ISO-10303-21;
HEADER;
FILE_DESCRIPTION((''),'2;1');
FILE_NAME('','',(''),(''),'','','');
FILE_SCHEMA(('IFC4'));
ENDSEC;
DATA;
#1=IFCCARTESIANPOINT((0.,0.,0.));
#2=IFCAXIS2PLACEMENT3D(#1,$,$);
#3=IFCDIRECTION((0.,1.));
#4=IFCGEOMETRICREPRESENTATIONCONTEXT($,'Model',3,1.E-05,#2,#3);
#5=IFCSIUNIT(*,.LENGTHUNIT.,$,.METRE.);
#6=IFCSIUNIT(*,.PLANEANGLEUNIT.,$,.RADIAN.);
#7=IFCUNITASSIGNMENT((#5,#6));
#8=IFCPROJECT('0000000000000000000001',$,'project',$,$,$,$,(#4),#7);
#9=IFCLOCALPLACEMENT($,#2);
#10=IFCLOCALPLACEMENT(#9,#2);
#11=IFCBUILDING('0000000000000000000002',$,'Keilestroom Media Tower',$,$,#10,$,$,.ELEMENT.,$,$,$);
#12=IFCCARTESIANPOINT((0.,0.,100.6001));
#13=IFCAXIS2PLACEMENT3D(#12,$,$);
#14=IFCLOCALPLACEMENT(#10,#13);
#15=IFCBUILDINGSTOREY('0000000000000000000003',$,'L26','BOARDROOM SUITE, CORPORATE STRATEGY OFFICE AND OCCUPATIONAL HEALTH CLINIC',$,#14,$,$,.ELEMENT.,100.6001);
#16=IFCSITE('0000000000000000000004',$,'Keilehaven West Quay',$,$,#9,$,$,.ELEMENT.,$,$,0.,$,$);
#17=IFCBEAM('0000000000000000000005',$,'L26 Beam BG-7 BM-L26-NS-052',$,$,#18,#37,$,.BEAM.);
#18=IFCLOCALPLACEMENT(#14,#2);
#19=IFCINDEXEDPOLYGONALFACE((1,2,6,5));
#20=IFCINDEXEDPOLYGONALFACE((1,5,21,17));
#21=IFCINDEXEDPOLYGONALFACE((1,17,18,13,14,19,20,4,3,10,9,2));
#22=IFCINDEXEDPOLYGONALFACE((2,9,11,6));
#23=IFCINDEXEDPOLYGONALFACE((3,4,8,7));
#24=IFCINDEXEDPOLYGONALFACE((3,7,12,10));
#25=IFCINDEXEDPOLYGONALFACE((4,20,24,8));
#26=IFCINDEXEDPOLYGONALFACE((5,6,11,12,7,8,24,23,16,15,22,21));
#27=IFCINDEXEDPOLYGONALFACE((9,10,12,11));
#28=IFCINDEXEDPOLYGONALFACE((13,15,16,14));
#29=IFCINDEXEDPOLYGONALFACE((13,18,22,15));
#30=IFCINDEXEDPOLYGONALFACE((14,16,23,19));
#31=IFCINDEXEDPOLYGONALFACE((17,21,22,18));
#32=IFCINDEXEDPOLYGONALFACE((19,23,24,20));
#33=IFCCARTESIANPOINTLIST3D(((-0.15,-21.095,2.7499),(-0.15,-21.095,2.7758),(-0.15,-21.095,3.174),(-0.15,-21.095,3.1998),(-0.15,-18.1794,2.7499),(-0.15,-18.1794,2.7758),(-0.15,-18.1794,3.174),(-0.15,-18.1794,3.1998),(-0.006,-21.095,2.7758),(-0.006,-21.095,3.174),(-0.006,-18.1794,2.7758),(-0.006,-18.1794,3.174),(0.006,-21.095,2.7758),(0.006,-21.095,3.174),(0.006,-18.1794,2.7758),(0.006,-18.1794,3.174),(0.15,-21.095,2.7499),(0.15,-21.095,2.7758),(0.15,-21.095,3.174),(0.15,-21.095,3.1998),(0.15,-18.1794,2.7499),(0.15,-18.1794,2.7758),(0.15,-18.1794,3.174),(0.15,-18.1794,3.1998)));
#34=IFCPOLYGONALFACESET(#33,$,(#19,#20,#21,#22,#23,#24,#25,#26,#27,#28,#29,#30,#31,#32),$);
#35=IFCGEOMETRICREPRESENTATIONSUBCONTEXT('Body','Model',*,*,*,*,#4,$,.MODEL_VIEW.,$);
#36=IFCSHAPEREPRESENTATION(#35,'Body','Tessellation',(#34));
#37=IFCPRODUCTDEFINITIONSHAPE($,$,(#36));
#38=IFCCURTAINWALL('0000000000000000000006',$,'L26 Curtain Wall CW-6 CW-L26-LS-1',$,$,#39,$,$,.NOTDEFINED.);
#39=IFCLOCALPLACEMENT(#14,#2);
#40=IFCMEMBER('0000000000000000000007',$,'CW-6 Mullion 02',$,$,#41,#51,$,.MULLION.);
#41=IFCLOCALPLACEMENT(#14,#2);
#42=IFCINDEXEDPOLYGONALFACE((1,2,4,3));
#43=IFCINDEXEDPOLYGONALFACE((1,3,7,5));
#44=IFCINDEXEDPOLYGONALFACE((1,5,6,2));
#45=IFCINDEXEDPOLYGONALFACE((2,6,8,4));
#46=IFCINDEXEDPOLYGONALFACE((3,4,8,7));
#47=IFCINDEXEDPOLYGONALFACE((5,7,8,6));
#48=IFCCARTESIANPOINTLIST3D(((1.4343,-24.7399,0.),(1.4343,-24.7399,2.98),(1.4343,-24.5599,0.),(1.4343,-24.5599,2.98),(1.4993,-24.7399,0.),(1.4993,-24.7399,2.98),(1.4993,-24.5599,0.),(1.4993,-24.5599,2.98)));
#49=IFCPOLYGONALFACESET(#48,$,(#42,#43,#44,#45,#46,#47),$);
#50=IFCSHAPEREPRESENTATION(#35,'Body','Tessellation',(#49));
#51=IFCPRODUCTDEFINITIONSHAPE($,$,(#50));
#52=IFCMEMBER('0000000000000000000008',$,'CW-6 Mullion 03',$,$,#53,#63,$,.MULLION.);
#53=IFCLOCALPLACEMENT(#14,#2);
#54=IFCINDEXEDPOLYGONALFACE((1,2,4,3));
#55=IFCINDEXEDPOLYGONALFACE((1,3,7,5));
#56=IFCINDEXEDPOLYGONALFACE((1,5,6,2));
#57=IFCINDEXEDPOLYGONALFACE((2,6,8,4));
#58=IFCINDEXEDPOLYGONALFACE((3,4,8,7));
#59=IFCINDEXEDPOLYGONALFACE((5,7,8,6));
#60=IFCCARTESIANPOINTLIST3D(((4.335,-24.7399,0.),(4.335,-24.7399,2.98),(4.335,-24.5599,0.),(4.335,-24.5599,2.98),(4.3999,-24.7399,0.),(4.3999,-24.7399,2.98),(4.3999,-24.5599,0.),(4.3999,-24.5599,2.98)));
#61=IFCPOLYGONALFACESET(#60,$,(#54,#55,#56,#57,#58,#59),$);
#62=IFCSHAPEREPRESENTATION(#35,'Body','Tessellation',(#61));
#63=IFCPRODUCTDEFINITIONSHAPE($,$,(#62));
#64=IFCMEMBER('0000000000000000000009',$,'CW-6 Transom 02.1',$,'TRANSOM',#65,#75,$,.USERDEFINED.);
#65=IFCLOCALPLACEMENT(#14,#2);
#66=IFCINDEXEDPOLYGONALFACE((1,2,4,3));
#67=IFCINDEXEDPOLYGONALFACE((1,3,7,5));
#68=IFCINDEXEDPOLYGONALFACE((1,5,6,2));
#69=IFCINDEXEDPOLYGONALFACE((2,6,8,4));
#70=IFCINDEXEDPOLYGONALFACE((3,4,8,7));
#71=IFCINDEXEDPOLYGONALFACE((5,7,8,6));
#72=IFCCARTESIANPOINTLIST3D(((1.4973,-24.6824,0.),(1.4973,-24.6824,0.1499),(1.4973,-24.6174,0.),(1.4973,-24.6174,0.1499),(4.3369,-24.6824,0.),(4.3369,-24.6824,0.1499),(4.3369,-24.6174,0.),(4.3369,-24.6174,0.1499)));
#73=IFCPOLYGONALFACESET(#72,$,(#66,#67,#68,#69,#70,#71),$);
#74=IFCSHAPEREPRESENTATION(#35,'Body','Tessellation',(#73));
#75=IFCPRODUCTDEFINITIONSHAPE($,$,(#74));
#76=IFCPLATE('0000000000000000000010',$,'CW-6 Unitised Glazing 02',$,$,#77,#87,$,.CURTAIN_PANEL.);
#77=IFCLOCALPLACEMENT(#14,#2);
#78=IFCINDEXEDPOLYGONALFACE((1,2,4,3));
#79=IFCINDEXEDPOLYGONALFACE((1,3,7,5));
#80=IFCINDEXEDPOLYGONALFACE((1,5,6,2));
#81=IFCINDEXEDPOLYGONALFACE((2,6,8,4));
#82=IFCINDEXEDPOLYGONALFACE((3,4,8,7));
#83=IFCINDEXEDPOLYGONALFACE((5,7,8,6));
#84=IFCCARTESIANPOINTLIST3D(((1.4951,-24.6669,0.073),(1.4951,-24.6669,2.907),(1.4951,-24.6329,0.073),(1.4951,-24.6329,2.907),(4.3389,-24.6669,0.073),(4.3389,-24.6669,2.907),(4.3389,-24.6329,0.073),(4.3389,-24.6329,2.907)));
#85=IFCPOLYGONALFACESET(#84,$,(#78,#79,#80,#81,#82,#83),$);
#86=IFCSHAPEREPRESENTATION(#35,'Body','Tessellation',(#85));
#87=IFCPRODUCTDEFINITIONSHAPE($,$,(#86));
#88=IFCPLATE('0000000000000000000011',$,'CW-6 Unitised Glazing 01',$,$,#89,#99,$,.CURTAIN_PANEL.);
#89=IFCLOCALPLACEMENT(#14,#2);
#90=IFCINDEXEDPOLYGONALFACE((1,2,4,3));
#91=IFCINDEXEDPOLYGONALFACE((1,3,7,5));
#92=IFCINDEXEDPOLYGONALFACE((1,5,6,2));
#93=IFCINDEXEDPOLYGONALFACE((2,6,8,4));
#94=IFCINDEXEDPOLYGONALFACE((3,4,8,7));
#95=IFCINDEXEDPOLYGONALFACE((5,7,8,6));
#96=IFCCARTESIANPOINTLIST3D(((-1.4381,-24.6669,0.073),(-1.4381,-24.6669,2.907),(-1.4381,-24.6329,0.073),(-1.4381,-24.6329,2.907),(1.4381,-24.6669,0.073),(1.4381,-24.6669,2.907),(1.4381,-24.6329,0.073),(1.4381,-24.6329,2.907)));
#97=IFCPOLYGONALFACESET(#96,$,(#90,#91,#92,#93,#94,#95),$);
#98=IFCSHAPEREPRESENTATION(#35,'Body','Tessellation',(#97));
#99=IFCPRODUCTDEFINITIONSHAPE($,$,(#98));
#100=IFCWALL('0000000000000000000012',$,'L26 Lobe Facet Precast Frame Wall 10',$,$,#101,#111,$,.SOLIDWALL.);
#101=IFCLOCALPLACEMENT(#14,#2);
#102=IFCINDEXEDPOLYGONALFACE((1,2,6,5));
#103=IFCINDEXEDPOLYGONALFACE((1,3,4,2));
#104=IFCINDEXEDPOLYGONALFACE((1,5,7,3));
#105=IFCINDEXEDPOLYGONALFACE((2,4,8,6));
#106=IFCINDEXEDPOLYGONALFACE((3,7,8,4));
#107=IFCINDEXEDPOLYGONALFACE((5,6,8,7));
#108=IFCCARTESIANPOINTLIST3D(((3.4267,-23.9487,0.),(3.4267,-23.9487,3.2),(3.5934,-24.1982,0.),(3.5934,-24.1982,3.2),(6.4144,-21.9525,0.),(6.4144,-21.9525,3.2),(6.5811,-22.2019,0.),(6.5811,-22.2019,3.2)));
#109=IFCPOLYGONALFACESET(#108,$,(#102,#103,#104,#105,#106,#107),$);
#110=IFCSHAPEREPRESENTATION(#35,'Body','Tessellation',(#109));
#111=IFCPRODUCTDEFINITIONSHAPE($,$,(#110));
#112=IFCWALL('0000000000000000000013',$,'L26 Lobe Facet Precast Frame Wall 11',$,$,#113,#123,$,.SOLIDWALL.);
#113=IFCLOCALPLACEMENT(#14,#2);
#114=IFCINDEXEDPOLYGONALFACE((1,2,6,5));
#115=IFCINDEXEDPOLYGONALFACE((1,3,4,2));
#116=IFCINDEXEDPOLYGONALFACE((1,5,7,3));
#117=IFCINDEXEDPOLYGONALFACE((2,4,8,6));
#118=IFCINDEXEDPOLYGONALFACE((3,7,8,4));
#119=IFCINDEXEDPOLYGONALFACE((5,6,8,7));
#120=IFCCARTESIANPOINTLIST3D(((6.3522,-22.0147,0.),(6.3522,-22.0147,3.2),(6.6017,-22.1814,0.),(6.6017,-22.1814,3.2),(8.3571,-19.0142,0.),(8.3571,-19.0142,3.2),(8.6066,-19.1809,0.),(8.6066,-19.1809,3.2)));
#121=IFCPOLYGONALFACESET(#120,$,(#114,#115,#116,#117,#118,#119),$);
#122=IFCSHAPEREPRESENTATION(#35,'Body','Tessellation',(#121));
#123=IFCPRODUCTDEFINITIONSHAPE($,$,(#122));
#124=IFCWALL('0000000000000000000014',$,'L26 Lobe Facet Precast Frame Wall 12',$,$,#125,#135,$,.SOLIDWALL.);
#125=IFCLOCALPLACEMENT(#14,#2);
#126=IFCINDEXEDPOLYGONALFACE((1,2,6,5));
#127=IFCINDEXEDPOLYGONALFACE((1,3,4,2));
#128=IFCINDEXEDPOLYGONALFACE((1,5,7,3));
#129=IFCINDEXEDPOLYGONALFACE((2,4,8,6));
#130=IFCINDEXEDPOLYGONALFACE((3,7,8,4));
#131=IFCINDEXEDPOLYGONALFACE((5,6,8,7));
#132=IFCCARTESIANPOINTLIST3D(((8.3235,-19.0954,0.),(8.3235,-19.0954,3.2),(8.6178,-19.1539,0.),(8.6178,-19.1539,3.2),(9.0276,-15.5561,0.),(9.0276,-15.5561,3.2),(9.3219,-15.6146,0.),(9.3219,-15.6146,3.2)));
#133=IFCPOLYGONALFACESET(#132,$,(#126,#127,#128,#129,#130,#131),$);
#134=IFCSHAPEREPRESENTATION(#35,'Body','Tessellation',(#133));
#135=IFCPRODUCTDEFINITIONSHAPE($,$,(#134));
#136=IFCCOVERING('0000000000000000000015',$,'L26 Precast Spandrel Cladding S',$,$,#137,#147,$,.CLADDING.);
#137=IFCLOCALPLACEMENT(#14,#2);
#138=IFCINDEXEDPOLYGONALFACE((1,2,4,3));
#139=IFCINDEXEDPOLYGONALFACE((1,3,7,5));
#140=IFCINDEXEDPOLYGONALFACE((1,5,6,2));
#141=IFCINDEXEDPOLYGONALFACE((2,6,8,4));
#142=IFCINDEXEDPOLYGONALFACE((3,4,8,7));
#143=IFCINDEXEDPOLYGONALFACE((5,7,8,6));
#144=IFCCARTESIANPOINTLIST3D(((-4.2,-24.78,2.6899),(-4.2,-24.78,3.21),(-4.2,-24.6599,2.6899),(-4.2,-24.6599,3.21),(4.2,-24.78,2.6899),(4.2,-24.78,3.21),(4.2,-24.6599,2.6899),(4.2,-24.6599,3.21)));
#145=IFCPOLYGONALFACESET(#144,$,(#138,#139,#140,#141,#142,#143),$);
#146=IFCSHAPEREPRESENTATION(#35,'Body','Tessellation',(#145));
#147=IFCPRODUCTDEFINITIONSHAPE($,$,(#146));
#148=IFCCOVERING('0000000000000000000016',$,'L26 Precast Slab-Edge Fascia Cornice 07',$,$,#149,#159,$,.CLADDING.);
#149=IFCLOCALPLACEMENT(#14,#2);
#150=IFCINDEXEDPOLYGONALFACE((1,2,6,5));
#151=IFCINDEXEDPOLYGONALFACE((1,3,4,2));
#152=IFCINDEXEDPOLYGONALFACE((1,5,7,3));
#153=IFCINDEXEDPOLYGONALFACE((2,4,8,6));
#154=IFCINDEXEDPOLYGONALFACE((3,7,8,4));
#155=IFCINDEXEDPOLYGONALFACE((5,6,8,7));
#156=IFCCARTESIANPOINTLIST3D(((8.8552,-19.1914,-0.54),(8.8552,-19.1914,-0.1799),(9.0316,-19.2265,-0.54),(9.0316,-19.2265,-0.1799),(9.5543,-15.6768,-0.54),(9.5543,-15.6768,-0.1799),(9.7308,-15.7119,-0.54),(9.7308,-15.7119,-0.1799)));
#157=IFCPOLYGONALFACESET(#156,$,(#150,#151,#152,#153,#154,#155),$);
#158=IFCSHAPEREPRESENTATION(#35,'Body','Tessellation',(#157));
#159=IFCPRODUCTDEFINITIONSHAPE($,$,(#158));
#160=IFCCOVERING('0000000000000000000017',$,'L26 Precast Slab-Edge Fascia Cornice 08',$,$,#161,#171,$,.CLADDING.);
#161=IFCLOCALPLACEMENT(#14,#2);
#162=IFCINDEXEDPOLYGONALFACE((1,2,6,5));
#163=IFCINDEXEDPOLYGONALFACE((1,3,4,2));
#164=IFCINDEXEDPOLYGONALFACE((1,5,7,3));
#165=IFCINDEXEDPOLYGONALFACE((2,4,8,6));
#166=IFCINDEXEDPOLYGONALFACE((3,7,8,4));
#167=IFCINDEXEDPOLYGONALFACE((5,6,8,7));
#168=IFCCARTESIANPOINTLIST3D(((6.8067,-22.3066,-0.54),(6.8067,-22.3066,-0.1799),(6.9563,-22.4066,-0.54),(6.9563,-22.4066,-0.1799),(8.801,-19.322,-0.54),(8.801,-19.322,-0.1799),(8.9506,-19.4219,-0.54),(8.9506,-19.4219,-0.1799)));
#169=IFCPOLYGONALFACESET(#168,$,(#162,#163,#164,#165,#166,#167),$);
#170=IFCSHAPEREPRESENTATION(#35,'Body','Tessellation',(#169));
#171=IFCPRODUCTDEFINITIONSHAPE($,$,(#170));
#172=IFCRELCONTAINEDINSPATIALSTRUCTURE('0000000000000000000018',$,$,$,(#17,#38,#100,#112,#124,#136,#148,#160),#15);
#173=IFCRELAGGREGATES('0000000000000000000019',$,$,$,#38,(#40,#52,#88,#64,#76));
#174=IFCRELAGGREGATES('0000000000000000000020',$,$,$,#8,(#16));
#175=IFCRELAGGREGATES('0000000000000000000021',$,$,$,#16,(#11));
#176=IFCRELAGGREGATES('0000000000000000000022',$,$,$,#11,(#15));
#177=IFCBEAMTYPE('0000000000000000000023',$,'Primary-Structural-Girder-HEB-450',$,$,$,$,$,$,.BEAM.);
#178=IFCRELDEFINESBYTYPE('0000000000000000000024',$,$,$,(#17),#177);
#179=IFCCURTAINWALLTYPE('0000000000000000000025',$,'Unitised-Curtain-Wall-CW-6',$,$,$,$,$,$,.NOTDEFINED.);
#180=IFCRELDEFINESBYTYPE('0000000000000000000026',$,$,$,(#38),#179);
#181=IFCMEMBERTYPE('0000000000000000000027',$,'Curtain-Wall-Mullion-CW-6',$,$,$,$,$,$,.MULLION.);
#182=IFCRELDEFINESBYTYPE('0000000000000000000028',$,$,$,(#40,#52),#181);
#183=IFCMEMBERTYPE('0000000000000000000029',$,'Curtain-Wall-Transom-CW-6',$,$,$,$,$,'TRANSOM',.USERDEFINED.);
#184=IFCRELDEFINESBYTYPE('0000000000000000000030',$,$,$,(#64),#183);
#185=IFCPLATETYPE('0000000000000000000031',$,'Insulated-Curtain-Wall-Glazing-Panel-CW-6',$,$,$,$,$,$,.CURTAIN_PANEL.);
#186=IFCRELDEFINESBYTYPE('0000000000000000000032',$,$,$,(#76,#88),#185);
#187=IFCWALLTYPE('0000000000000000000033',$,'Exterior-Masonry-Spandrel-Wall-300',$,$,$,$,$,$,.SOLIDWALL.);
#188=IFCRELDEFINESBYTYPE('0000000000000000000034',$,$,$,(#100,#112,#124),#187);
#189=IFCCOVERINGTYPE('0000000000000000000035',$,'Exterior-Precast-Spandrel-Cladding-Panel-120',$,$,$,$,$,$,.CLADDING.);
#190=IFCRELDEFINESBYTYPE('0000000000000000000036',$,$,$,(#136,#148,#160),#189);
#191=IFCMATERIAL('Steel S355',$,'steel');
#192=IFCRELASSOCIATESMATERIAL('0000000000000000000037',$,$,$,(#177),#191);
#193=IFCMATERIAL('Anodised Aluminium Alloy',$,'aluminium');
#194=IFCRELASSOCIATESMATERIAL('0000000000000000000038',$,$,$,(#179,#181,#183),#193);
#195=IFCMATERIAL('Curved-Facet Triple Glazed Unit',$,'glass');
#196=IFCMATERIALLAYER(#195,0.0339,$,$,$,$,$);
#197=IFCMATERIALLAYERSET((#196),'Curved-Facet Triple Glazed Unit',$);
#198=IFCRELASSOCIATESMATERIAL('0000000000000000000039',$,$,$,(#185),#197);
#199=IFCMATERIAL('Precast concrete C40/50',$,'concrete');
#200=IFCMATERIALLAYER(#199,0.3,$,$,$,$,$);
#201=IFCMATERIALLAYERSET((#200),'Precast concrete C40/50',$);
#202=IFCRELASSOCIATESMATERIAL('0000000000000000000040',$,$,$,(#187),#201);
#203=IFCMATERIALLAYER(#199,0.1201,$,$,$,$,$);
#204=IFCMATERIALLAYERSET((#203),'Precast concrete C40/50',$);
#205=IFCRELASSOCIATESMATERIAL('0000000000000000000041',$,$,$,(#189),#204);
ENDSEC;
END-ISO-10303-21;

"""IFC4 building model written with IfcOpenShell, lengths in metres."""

from ifc_helpers import new_model, si_unit, direction, frame, frame_2d, origin, origin_2d, place, context, subcontext, project, spatial, rectangle, i_section, extrude, source, transform, mapped, material, layer, layer_set, material_profile, profile_set, type_object, element, aggregate, save


model = new_model("IFC4")

# Units and contexts
model_context = context("Model", 3, precision=1e-05, world=origin(), true_north=direction((0.0, 1.0)))
body_context = subcontext(model_context, "Body", "Model", "MODEL_VIEW")
ifc_project = project(units=[si_unit("LENGTHUNIT", "METRE"), si_unit("PLANEANGLEUNIT", "RADIAN")], contexts=[model_context])

# Site, building, storey
site_placement = place(None, origin())
site = spatial("IfcSite", under=ifc_project, at=site_placement, Name="Keilehaven West Quay", CompositionType="ELEMENT", RefElevation=0.0)
building_placement = place(site_placement, origin())
building = spatial("IfcBuilding", under=site, at=building_placement, Name="Keilestroom Media Tower", CompositionType="ELEMENT")
storey_placement = place(building_placement, frame((0.0, 0.0, 100.6001)))
storey = spatial("IfcBuildingStorey", under=building, at=storey_placement, Name="L26", Description="BOARDROOM SUITE, CORPORATE STRATEGY OFFICE AND OCCUPATIONAL HEALTH CLINIC", CompositionType="ELEMENT", Elevation=100.6001)

# Shared definitions
ifc_material_1 = material(Name="Steel S355", Category="steel")

# Beam
ifc_material_profile_1 = material_profile(ifc_material_1, i_section(OverallWidth=0.3, OverallDepth=0.45, WebThickness=0.012, FlangeThickness=0.0259, at=origin_2d()), Name="HEB 450")
ifc_profile_set_1 = profile_set([ifc_material_profile_1], Name="Steel S355")
beam_type_1 = type_object("IfcBeamType", Name="Primary-Structural-Girder-HEB-450", PredefinedType="BEAM", material=ifc_profile_set_1)
shared_shape_1 = source(origin(), body_context, "Body", "SweptSolid", [
    extrude(i_section(OverallWidth=0.3, OverallDepth=0.45, WebThickness=0.012, FlangeThickness=0.0259, at=origin_2d()), origin(), (0.0, 0.0, 1.0), 2.9155),
])
beam_1_placement = place(storey_placement, frame((0.0, -21.095, 2.9749), z_axis=(0.0, 1.0, 0.0), x_axis=(-1.0, 0.0, 0.0)))
element("IfcBeam", 1, at=beam_1_placement, inside=storey, type_object=beam_type_1, Name="L26 Beam BG-7 BM-L26-NS-052", PredefinedType="BEAM", context=body_context, shape_type="MappedRepresentation", body=[
    mapped(shared_shape_1, transform((0.0, 0.0, 0.0), x_axis=(1.0, 0.0, 0.0), y_axis=(0.0, 1.0, 0.0), z_axis=(0.0, 0.0, 1.0), scale=1.0)),
])

# Curtain wall, members, plates
ifc_material_2 = material(Name="Anodised Aluminium Alloy", Category="aluminium")
curtain_wall_type = type_object("IfcCurtainWallType", Name="Unitised-Curtain-Wall-CW-6", PredefinedType="NOTDEFINED", material=ifc_material_2)
curtain_wall_placement = place(storey_placement, origin())
curtain_wall = element("IfcCurtainWall", 2, at=curtain_wall_placement, inside=storey, type_object=curtain_wall_type, Name="L26 Curtain Wall CW-6 CW-L26-LS-1", PredefinedType="NOTDEFINED")
ifc_material_profile_2 = material_profile(ifc_material_2, rectangle(XDim=0.0649, YDim=0.1799, at=origin_2d()), Name="ALU MULLION 65x180")
ifc_profile_set_2 = profile_set([ifc_material_profile_2], Name="Anodised Aluminium Alloy")
member_type_1 = type_object("IfcMemberType", Name="Curtain-Wall-Mullion-CW-6", PredefinedType="MULLION", material=ifc_profile_set_2)
shared_shape_2 = source(origin(), body_context, "Body", "SweptSolid", [
    extrude(rectangle(XDim=0.0649, YDim=0.1799, at=origin_2d()), origin(), (0.0, 0.0, 1.0), 2.98),
])
member_1_placement = place(storey_placement, frame((1.4668, -24.6499, 0.0), z_axis=(0.0, 0.0, 1.0), x_axis=(1.0, 0.0, 0.0)))
member_1 = element("IfcMember", 3, at=member_1_placement, type_object=member_type_1, Name="CW-6 Mullion 02", PredefinedType="MULLION", context=body_context, shape_type="MappedRepresentation", body=[
    mapped(shared_shape_2, transform((0.0, 0.0, 0.0), x_axis=(1.0, 0.0, 0.0), y_axis=(0.0, 1.0, 0.0), z_axis=(0.0, 0.0, 1.0), scale=1.0)),
])
member_2_placement = place(storey_placement, frame((4.3674, -24.6499, 0.0), z_axis=(0.0, 0.0, 1.0), x_axis=(1.0, 0.0, 0.0)))
member_2 = element("IfcMember", 4, at=member_2_placement, type_object=member_type_1, Name="CW-6 Mullion 03", PredefinedType="MULLION", context=body_context, shape_type="MappedRepresentation", body=[
    mapped(shared_shape_2, transform((0.0, 0.0, 0.0), x_axis=(1.0, 0.0, 0.0), y_axis=(0.0, 1.0, 0.0), z_axis=(0.0, 0.0, 1.0), scale=1.0)),
])
ifc_material_profile_3 = material_profile(ifc_material_2, rectangle(XDim=0.0649, YDim=0.1499, at=origin_2d()), Name="ALU TRANSOM 65x150")
ifc_profile_set_3 = profile_set([ifc_material_profile_3], Name="Anodised Aluminium Alloy")
member_type_2 = type_object("IfcMemberType", Name="Curtain-Wall-Transom-CW-6", ElementType="TRANSOM", PredefinedType="USERDEFINED", material=ifc_profile_set_3)
shared_shape_3 = source(origin(), body_context, "Body", "SweptSolid", [
    extrude(rectangle(XDim=0.0649, YDim=0.1499, at=origin_2d()), origin(), (0.0, 0.0, 1.0), 2.8396),
])
member_3_placement = place(storey_placement, frame((1.4973, -24.6499, 0.075), z_axis=(1.0, 0.0, 0.0), x_axis=(0.0, 1.0, 0.0)))
member_3 = element("IfcMember", 5, at=member_3_placement, type_object=member_type_2, Name="CW-6 Transom 02.1", ObjectType="TRANSOM", PredefinedType="USERDEFINED", context=body_context, shape_type="MappedRepresentation", body=[
    mapped(shared_shape_3, transform((0.0, 0.0, 0.0), x_axis=(1.0, 0.0, 0.0), y_axis=(0.0, 1.0, 0.0), z_axis=(0.0, 0.0, 1.0), scale=1.0)),
])
ifc_material_3 = material(Name="Curved-Facet Triple Glazed Unit", Category="glass")
ifc_layer_1 = layer(ifc_material_3, 0.0339)
ifc_layer_set_1 = layer_set([ifc_layer_1], Name="Curved-Facet Triple Glazed Unit")
plate_type = type_object("IfcPlateType", Name="Insulated-Curtain-Wall-Glazing-Panel-CW-6", PredefinedType="CURTAIN_PANEL", material=ifc_layer_set_1)
shared_shape_4 = source(origin(), body_context, "Body", "SweptSolid", [
    extrude(rectangle(XDim=2.8438, YDim=0.0339, at=origin_2d()), origin(), (0.0, 0.0, 1.0), 2.834),
])
plate_1_placement = place(storey_placement, frame((2.917, -24.6499, 0.073), z_axis=(0.0, 0.0, 1.0), x_axis=(1.0, 0.0, 0.0)))
plate_1 = element("IfcPlate", 6, at=plate_1_placement, type_object=plate_type, Name="CW-6 Unitised Glazing 02", PredefinedType="CURTAIN_PANEL", context=body_context, shape_type="MappedRepresentation", body=[
    mapped(shared_shape_4, transform((0.0, 0.0, 0.0), x_axis=(1.0, 0.0, 0.0), y_axis=(0.0, 1.0, 0.0), z_axis=(0.0, 0.0, 1.0), scale=1.0)),
])
shared_shape_5 = source(origin(), body_context, "Body", "SweptSolid", [
    extrude(rectangle(XDim=2.8762, YDim=0.0339, at=origin_2d()), origin(), (0.0, 0.0, 1.0), 2.834),
])
plate_2_placement = place(storey_placement, frame((0.0, -24.6499, 0.073), z_axis=(0.0, 0.0, 1.0), x_axis=(1.0, 0.0, 0.0)))
plate_2 = element("IfcPlate", 7, at=plate_2_placement, type_object=plate_type, Name="CW-6 Unitised Glazing 01", PredefinedType="CURTAIN_PANEL", context=body_context, shape_type="MappedRepresentation", body=[
    mapped(shared_shape_5, transform((0.0, 0.0, 0.0), x_axis=(1.0, 0.0, 0.0), y_axis=(0.0, 1.0, 0.0), z_axis=(0.0, 0.0, 1.0), scale=1.0)),
])
aggregate(curtain_wall, [member_1, member_2, plate_2, member_3, plate_1])

# Walls
ifc_material_4 = material(Name="Precast concrete C40/50", Category="concrete")
ifc_layer_2 = layer(ifc_material_4, 0.3)
ifc_layer_set_2 = layer_set([ifc_layer_2], Name="Precast concrete C40/50")
wall_type = type_object("IfcWallType", Name="Exterior-Masonry-Spandrel-Wall-300", PredefinedType="SOLIDWALL", material=ifc_layer_set_2)
wall_placement = place(storey_placement, frame((3.51, -24.0735, 0.0), z_axis=(0.0, 0.0, 1.0), x_axis=(0.831475, 0.555562, 0.0)))
element("IfcWall", 8, at=wall_placement, inside=storey, type_object=wall_type, Name="L26 Lobe Facet Precast Frame Wall 10", PredefinedType="SOLIDWALL", context=body_context, shape_type="SweptSolid", body=[
    extrude(rectangle(XDim=3.5933, YDim=0.3, at=frame_2d((1.7966, 0.0))), origin(), (0.0, 0.0, 1.0), 3.2),
])
for number, where, z_axis, x_axis, name in (
    (9, (6.4771, -22.0979, 0.0), (0.0, 0.0, 1.0), (0.555574, 0.831467, 0.0), "L26 Lobe Facet Precast Frame Wall 11"),
    (10, (8.4707, -19.1245, 0.0), (0.0, 0.0, 1.0), (0.195114, 0.980781, 0.0), "L26 Lobe Facet Precast Frame Wall 12"),
):
    element("IfcWall", number, at=place(storey_placement, frame(where, z_axis=z_axis, x_axis=x_axis)), inside=storey, type_object=wall_type, Name=name, PredefinedType="SOLIDWALL", context=body_context, shape_type="SweptSolid", body=[
        extrude(rectangle(XDim=3.6086, YDim=0.3, at=frame_2d((1.8042, 0.0))), origin(), (0.0, 0.0, 1.0), 3.2),
    ])

# Coverings
ifc_layer_3 = layer(ifc_material_4, 0.1201)
ifc_layer_set_3 = layer_set([ifc_layer_3], Name="Precast concrete C40/50")
covering_type = type_object("IfcCoveringType", Name="Exterior-Precast-Spandrel-Cladding-Panel-120", PredefinedType="CLADDING", material=ifc_layer_set_3)
shared_shape_6 = source(origin(), body_context, "Body", "SweptSolid", [
    extrude(rectangle(XDim=8.3999, YDim=0.1201, at=origin_2d()), origin(), (0.0, 0.0, 1.0), 0.52),
])
covering_1_placement = place(storey_placement, frame((0.0, -24.72, 2.6899), z_axis=(0.0, 0.0, 1.0), x_axis=(1.0, 0.0, 0.0)))
element("IfcCovering", 11, at=covering_1_placement, inside=storey, type_object=covering_type, Name="L26 Precast Spandrel Cladding S", PredefinedType="CLADDING", context=body_context, shape_type="MappedRepresentation", body=[
    mapped(shared_shape_6, transform((0.0, 0.0, 0.0), x_axis=(1.0, 0.0, 0.0), y_axis=(0.0, 1.0, 0.0), z_axis=(0.0, 0.0, 1.0), scale=1.0)),
])
shared_shape_7 = source(origin(), body_context, "Body", "SweptSolid", [
    extrude(rectangle(XDim=3.5835, YDim=0.1799, at=origin_2d()), origin(), (0.0, 0.0, 1.0), 0.3601),
])
covering_2_placement = place(storey_placement, frame((9.293, -17.4517, -0.54), z_axis=(0.0, 0.0, 1.0), x_axis=(-0.195099, -0.980784, 0.0)))
element("IfcCovering", 12, at=covering_2_placement, inside=storey, type_object=covering_type, Name="L26 Precast Slab-Edge Fascia Cornice 07", PredefinedType="CLADDING", context=body_context, shape_type="MappedRepresentation", body=[
    mapped(shared_shape_7, transform((0.0, 0.0, 0.0), x_axis=(1.0, 0.0, 0.0), y_axis=(0.0, 1.0, 0.0), z_axis=(0.0, 0.0, 1.0), scale=1.0)),
])
shared_shape_8 = source(origin(), body_context, "Body", "SweptSolid", [
    extrude(rectangle(XDim=3.5896, YDim=0.1799, at=origin_2d()), origin(), (0.0, 0.0, 1.0), 0.3601),
])
for number, where, z_axis, x_axis, name in (
    (13, (7.8787, -20.8643, -0.54), (0.0, 0.0, 1.0), (-0.555575, -0.831467, 0.0), "L26 Precast Slab-Edge Fascia Cornice 08"),
):
    element("IfcCovering", number, at=place(storey_placement, frame(where, z_axis=z_axis, x_axis=x_axis)), inside=storey, type_object=covering_type, Name=name, PredefinedType="CLADDING", context=body_context, shape_type="MappedRepresentation", body=[
        mapped(shared_shape_8, transform((0.0, 0.0, 0.0), x_axis=(1.0, 0.0, 0.0), y_axis=(0.0, 1.0, 0.0), z_axis=(0.0, 0.0, 1.0), scale=1.0)),
    ])

save(model, "model.ifc")
